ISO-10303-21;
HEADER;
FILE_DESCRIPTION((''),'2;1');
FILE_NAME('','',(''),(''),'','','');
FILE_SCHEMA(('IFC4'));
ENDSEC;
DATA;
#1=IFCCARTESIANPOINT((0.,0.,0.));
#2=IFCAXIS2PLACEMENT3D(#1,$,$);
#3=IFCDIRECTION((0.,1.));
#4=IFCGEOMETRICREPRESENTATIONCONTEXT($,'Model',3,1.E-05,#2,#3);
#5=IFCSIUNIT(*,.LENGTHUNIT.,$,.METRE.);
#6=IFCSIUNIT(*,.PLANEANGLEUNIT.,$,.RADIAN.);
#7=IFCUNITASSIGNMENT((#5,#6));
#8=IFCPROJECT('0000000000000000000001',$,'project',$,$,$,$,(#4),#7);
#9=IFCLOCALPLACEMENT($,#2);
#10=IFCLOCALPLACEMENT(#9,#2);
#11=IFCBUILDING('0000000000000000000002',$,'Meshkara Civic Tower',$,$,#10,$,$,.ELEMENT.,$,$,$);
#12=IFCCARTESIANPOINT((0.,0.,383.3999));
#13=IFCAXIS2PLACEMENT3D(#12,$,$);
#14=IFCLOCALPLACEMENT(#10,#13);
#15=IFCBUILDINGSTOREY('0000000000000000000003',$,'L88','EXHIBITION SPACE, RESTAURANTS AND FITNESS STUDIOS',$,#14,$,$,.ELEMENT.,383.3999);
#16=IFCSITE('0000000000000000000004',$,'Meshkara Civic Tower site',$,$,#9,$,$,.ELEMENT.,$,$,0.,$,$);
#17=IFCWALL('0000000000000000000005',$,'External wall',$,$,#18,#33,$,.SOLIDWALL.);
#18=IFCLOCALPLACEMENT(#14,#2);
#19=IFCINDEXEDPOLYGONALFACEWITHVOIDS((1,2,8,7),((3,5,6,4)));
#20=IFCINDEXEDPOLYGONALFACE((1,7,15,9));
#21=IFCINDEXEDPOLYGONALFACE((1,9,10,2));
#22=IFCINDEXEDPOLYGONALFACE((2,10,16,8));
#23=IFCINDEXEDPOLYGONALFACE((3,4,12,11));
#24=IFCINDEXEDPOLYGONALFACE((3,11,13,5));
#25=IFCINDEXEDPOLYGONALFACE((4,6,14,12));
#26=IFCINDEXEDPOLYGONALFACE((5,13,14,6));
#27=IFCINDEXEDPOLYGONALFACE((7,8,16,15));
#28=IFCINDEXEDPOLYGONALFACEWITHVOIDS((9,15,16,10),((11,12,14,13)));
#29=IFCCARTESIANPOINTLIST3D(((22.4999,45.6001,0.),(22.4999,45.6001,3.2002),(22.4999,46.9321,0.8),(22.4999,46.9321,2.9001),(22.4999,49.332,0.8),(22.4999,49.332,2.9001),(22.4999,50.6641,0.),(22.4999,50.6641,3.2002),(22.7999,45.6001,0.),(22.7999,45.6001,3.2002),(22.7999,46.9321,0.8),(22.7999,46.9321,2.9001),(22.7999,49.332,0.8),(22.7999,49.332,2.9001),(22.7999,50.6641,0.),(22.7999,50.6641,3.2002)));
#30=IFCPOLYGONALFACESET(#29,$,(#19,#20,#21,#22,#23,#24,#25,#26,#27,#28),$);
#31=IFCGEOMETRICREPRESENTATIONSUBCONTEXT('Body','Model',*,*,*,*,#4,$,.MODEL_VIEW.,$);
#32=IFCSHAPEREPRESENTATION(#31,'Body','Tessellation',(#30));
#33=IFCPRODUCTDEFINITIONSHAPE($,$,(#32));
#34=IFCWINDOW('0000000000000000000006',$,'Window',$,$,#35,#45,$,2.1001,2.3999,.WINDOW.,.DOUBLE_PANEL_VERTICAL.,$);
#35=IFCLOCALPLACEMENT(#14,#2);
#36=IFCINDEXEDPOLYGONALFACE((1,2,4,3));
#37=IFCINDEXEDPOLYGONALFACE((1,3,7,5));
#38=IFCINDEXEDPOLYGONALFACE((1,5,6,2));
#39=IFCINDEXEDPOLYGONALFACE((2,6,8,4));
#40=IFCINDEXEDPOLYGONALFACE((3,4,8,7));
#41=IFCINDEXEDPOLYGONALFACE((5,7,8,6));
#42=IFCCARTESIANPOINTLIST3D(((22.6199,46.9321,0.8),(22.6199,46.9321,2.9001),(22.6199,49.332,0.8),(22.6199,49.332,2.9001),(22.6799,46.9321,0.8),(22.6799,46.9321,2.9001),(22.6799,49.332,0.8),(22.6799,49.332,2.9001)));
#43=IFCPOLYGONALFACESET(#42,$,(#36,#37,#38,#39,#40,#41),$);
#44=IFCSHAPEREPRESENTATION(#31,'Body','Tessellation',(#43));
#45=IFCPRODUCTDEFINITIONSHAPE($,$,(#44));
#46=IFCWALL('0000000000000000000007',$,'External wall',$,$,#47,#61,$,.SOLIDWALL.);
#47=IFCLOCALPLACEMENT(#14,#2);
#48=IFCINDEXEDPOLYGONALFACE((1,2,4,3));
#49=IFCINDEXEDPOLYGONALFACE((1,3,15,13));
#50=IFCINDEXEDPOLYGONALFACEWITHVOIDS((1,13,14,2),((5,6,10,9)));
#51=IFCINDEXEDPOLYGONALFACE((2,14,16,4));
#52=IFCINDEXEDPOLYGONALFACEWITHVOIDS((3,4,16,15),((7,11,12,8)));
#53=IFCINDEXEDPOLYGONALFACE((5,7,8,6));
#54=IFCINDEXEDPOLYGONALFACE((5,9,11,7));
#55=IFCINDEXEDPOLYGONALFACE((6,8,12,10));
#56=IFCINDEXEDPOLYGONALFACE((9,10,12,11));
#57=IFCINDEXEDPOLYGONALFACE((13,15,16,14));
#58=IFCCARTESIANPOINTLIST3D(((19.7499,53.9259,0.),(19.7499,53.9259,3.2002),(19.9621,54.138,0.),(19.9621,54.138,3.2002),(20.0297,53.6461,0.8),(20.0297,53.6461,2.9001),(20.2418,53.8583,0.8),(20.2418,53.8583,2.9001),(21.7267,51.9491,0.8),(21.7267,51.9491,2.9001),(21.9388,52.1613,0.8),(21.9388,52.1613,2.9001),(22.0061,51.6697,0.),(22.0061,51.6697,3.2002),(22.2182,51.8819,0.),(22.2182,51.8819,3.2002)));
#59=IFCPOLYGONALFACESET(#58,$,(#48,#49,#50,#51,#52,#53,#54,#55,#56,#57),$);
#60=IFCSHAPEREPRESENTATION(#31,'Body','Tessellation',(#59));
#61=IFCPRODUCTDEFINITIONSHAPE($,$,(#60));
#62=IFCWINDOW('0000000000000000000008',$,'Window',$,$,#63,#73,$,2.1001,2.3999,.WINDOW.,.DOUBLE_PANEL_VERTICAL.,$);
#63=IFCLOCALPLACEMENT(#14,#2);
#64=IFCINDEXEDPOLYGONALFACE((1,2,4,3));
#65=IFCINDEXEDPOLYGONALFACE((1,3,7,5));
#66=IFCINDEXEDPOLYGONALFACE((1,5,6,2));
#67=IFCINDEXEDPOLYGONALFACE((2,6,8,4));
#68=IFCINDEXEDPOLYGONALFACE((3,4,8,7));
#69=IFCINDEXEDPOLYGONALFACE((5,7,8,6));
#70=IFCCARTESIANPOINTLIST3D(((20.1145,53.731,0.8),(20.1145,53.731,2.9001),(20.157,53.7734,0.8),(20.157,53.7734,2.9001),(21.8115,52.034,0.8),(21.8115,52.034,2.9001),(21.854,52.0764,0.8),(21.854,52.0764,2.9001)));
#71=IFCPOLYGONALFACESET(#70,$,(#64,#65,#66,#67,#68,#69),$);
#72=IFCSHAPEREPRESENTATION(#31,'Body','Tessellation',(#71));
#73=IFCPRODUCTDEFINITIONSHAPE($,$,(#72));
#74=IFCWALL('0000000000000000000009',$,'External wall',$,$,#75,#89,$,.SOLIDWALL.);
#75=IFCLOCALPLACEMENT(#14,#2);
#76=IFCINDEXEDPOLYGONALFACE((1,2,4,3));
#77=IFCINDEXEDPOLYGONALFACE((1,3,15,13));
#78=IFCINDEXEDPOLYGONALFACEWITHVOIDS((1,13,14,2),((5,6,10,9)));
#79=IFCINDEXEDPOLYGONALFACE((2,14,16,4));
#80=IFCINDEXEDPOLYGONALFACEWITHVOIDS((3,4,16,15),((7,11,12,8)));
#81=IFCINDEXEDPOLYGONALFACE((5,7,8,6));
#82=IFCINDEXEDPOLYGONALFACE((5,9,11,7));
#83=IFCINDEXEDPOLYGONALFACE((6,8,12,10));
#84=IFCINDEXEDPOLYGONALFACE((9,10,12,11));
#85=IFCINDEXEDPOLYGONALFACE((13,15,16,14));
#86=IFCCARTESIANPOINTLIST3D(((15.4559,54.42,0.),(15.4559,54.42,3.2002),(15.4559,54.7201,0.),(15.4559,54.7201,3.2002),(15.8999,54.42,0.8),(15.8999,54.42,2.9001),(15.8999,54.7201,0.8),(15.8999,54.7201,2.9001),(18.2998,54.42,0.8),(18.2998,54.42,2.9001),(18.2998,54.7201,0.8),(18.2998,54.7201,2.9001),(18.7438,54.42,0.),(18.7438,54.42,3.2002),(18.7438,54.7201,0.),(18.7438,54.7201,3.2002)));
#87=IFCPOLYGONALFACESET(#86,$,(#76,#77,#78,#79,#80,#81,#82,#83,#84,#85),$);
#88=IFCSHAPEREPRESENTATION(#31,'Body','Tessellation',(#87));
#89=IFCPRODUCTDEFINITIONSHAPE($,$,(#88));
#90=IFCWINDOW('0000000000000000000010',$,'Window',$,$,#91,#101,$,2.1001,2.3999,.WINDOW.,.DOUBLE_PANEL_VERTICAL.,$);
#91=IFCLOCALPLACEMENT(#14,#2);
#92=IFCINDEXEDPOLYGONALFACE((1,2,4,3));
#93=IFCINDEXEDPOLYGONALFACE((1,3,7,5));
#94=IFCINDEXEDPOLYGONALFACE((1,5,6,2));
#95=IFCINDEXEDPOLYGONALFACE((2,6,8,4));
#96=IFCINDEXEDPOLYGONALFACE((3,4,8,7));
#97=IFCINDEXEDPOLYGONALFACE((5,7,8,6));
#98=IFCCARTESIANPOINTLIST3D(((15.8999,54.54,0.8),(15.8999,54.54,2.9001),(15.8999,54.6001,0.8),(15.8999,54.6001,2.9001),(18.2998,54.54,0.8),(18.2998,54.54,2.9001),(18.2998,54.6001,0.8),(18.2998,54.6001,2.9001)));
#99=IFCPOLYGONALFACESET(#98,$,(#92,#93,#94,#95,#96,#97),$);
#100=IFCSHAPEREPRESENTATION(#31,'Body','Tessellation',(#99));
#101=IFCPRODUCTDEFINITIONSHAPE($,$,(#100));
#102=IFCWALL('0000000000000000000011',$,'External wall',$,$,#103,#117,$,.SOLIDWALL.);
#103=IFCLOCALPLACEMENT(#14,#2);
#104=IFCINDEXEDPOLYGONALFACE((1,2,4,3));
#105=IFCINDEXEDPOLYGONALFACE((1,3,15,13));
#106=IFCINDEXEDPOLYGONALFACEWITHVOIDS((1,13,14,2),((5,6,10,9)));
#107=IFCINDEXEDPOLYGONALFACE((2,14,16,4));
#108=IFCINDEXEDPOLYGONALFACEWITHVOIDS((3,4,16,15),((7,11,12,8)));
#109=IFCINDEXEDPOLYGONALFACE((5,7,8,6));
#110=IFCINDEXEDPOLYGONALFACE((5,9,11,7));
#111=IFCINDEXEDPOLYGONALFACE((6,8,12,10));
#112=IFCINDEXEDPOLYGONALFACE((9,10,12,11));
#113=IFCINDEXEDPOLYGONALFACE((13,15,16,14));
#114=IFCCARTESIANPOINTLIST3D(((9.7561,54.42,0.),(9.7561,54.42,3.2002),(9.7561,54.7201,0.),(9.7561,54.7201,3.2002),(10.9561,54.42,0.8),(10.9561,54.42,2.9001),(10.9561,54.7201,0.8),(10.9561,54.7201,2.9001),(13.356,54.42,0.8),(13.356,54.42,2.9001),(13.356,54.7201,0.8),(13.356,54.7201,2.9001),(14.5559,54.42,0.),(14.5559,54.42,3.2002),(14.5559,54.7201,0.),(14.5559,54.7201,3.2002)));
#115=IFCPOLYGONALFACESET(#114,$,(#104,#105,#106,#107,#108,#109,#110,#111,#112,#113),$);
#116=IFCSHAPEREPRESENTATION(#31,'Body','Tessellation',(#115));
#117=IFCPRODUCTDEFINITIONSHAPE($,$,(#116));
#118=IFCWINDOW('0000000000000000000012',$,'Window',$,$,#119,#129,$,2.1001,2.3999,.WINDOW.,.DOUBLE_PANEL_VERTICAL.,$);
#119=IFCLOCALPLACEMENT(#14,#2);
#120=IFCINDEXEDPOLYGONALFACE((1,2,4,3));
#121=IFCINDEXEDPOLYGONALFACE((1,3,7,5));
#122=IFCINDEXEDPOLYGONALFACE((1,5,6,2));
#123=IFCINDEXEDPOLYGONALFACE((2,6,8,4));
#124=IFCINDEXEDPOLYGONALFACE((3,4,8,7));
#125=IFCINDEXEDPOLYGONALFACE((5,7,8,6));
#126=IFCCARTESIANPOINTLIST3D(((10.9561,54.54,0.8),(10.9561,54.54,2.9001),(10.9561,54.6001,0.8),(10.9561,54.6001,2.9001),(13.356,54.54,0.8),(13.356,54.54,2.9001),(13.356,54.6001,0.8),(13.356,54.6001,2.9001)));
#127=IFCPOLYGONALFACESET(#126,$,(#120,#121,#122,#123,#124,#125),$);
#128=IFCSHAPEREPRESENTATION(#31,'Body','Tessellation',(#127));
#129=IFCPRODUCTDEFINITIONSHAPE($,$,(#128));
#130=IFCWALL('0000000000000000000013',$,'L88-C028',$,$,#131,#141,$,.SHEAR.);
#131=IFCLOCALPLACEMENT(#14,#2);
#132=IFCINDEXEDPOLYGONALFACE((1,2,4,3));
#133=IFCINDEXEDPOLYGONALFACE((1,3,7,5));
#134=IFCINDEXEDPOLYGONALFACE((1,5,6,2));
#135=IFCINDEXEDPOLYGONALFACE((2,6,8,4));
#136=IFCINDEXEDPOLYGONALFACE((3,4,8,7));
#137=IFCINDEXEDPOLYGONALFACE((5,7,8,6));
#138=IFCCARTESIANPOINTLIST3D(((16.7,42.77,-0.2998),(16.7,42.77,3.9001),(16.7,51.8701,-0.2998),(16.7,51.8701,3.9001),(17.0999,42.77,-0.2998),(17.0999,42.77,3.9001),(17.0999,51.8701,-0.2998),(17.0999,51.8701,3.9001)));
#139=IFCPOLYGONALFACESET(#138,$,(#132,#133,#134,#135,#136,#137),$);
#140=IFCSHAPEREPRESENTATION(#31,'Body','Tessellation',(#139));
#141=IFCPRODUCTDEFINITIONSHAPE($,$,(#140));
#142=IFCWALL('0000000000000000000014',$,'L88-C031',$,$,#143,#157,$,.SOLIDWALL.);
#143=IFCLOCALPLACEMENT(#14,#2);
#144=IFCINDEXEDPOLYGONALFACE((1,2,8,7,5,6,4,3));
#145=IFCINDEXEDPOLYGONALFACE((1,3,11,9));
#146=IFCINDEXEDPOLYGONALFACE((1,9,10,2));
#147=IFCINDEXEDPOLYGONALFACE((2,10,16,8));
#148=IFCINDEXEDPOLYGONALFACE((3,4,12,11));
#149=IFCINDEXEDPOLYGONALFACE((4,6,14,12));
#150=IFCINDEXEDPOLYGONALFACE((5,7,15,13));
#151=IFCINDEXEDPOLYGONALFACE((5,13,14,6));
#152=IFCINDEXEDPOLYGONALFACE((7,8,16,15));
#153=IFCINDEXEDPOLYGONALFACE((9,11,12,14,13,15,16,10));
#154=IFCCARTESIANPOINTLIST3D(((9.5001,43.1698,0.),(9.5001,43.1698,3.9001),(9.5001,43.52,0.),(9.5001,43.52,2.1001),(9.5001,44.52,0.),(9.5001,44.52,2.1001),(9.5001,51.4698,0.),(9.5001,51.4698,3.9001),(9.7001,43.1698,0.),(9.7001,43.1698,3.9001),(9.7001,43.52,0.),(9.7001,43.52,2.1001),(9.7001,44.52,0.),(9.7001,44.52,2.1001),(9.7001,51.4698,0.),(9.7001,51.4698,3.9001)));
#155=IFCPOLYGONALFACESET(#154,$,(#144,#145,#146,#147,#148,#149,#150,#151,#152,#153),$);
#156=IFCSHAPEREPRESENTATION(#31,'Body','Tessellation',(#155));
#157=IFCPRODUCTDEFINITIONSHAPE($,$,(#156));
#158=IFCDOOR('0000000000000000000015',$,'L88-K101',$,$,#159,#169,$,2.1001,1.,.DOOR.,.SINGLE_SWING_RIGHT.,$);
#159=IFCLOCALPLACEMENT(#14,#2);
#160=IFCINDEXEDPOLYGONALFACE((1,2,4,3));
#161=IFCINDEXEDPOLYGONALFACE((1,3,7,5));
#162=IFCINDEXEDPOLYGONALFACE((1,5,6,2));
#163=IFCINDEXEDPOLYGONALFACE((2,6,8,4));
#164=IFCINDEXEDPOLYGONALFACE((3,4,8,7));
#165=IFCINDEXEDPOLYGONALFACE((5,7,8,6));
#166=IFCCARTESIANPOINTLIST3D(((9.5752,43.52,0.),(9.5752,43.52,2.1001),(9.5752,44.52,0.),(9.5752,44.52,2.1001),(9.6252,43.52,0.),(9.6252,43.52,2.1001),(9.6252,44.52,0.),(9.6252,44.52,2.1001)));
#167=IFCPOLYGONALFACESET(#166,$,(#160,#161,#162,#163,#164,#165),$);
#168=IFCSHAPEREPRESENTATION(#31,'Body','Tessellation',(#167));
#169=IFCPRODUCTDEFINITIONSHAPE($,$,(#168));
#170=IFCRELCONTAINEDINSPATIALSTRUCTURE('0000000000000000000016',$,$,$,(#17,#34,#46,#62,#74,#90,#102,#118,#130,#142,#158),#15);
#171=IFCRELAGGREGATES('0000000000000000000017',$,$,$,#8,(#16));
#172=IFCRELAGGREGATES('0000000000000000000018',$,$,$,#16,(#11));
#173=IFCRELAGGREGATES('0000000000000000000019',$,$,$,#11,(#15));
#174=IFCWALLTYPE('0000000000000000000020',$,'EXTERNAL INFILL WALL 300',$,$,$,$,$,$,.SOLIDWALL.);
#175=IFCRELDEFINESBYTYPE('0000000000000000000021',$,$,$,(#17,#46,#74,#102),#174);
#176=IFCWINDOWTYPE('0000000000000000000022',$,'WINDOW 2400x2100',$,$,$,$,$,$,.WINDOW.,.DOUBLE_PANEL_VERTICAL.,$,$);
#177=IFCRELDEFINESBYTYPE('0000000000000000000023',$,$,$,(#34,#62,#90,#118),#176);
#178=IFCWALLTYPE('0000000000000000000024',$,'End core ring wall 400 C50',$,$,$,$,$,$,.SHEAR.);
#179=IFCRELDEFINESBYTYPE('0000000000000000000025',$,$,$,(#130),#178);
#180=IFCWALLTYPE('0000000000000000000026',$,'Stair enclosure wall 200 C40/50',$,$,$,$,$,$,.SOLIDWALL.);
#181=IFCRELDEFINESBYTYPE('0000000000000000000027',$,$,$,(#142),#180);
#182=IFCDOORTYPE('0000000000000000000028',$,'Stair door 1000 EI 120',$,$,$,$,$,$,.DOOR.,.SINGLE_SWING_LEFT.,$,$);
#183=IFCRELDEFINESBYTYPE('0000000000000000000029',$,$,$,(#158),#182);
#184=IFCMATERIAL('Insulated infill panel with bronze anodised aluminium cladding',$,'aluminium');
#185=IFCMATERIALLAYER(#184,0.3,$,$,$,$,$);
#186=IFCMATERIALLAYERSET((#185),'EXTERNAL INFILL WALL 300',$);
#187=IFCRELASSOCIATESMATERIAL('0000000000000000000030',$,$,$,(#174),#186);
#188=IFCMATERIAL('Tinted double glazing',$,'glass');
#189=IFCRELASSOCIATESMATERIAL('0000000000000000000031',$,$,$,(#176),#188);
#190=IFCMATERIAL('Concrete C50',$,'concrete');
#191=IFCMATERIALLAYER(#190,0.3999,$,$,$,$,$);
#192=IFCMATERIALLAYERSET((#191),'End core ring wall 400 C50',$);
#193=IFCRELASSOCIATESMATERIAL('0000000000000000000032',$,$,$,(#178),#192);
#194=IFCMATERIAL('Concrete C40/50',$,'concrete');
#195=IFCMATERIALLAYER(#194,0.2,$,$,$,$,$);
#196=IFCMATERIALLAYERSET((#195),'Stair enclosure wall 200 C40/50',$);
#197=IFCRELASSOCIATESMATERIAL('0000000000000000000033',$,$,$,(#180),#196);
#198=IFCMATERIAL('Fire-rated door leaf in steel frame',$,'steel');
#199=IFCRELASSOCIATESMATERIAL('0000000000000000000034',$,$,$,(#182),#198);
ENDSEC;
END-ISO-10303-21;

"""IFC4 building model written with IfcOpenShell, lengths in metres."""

from ifc_helpers import new_model, si_unit, direction, frame, frame_2d, origin, place, context, subcontext, project, spatial, rectangle, extrude, material, layer, layer_set, type_object, element, fill, save


model = new_model("IFC4")

# Units and contexts
model_context = context("Model", 3, precision=1e-05, world=origin(), true_north=direction((0.0, 1.0)))
body_context = subcontext(model_context, "Body", "Model", "MODEL_VIEW")
ifc_project = project(units=[si_unit("LENGTHUNIT", "METRE"), si_unit("PLANEANGLEUNIT", "RADIAN")], contexts=[model_context])

# Site, building, storey
site_placement = place(None, origin())
site = spatial("IfcSite", under=ifc_project, at=site_placement, Name="Meshkara Civic Tower site", CompositionType="ELEMENT", RefElevation=0.0)
building_placement = place(site_placement, origin())
building = spatial("IfcBuilding", under=site, at=building_placement, Name="Meshkara Civic Tower", CompositionType="ELEMENT")
storey_placement = place(building_placement, frame((0.0, 0.0, 383.3999)))
storey = spatial("IfcBuildingStorey", under=building, at=storey_placement, Name="L88", Description="EXHIBITION SPACE, RESTAURANTS AND FITNESS STUDIOS", CompositionType="ELEMENT", Elevation=383.3999)

# Walls, openings, windows
ifc_material_1 = material(Name="Insulated infill panel with bronze anodised aluminium cladding", Category="aluminium")
ifc_layer_1 = layer(ifc_material_1, 0.3)
ifc_layer_set_1 = layer_set([ifc_layer_1], Name="EXTERNAL INFILL WALL 300")
wall_type_1 = type_object("IfcWallType", Name="EXTERNAL INFILL WALL 300", PredefinedType="SOLIDWALL", material=ifc_layer_set_1)
wall_1_placement = place(storey_placement, frame((22.6499, 45.6001, 0.0), z_axis=(0.0, 0.0, 1.0), x_axis=(0.0, 1.0, 0.0)))
wall_1 = element("IfcWall", 1, at=wall_1_placement, inside=storey, type_object=wall_type_1, Name="External wall", PredefinedType="SOLIDWALL", context=body_context, shape_type="SweptSolid", body=[
    extrude(rectangle(XDim=5.064, YDim=0.3, at=frame_2d((2.532, 0.0))), origin(), (0.0, 0.0, 1.0), 3.2002),
])
opening_1_placement = place(wall_1_placement, frame((1.332, 0.0, 0.8)))
opening_1 = element("IfcOpeningElement", 2, at=opening_1_placement, cuts=wall_1, PredefinedType="OPENING", context=body_context, shape_type="SweptSolid", body=[
    extrude(rectangle(XDim=2.3999, YDim=2.1001, at=frame_2d((1.2, 1.05))), frame((0.0, 0.1599, 0.0), z_axis=(0.0, -1.0, 0.0), x_axis=(1.0, 0.0, 0.0)), (0.0, 0.0, 1.0), 0.3201),
])
ifc_material_2 = material(Name="Tinted double glazing", Category="glass")
window_type = type_object("IfcWindowType", Name="WINDOW 2400x2100", PartitioningType="DOUBLE_PANEL_VERTICAL", PredefinedType="WINDOW", material=ifc_material_2)
window_1_placement = place(opening_1_placement, origin())
window_1 = element("IfcWindow", 3, at=window_1_placement, inside=storey, type_object=window_type, Name="Window", OverallHeight=2.1001, OverallWidth=2.3999, PartitioningType="DOUBLE_PANEL_VERTICAL", PredefinedType="WINDOW", context=body_context, shape_type="SweptSolid", body=[
    extrude(rectangle(XDim=2.3999, YDim=2.1001, at=frame_2d((1.2, 1.05))), frame((0.0, 0.03, 0.0), z_axis=(0.0, -1.0, 0.0), x_axis=(1.0, 0.0, 0.0)), (0.0, 0.0, 1.0), 0.0601),
])
fill(opening_1, window_1)
wall_2_placement = place(storey_placement, frame((22.1121, 51.7759, 0.0), z_axis=(0.0, 0.0, 1.0), x_axis=(-0.707107, 0.707107, 0.0)))
wall_2 = element("IfcWall", 4, at=wall_2_placement, inside=storey, type_object=wall_type_1, Name="External wall", PredefinedType="SOLIDWALL", context=body_context, shape_type="SweptSolid", body=[
    extrude(rectangle(XDim=3.1907, YDim=0.3, at=frame_2d((1.5952, 0.0))), origin(), (0.0, 0.0, 1.0), 3.2002),
])
opening_2_placement = place(wall_2_placement, frame((0.395, 0.0, 0.8)))
opening_2 = element("IfcOpeningElement", 5, at=opening_2_placement, cuts=wall_2, PredefinedType="OPENING", context=body_context, shape_type="SweptSolid", body=[
    extrude(rectangle(XDim=2.3999, YDim=2.1001, at=frame_2d((1.2, 1.05))), frame((0.0, 0.1599, 0.0), z_axis=(0.0, -1.0, 0.0), x_axis=(1.0, 0.0, 0.0)), (0.0, 0.0, 1.0), 0.3201),
])
window_2_placement = place(opening_2_placement, origin())
window_2 = element("IfcWindow", 6, at=window_2_placement, inside=storey, type_object=window_type, Name="Window", OverallHeight=2.1001, OverallWidth=2.3999, PartitioningType="DOUBLE_PANEL_VERTICAL", PredefinedType="WINDOW", context=body_context, shape_type="SweptSolid", body=[
    extrude(rectangle(XDim=2.3999, YDim=2.1001, at=frame_2d((1.2, 1.05))), frame((0.0, 0.03, 0.0), z_axis=(0.0, -1.0, 0.0), x_axis=(1.0, 0.0, 0.0)), (0.0, 0.0, 1.0), 0.0601),
])
fill(opening_2, window_2)
wall_3_placement = place(storey_placement, frame((18.7439, 54.5701, 0.0), z_axis=(0.0, 0.0, 1.0), x_axis=(-1.0, 0.0, 0.0)))
wall_3 = element("IfcWall", 7, at=wall_3_placement, inside=storey, type_object=wall_type_1, Name="External wall", PredefinedType="SOLIDWALL", context=body_context, shape_type="SweptSolid", body=[
    extrude(rectangle(XDim=3.2878, YDim=0.3, at=frame_2d((1.644, 0.0))), origin(), (0.0, 0.0, 1.0), 3.2002),
])
opening_3_placement = place(wall_3_placement, frame((0.4441, 0.0, 0.8)))
opening_3 = element("IfcOpeningElement", 8, at=opening_3_placement, cuts=wall_3, PredefinedType="OPENING", context=body_context, shape_type="SweptSolid", body=[
    extrude(rectangle(XDim=2.3999, YDim=2.1001, at=frame_2d((1.2, 1.05))), frame((0.0, 0.1599, 0.0), z_axis=(0.0, -1.0, 0.0), x_axis=(1.0, 0.0, 0.0)), (0.0, 0.0, 1.0), 0.3201),
])
window_3_placement = place(opening_3_placement, origin())
window_3 = element("IfcWindow", 9, at=window_3_placement, inside=storey, type_object=window_type, Name="Window", OverallHeight=2.1001, OverallWidth=2.3999, PartitioningType="DOUBLE_PANEL_VERTICAL", PredefinedType="WINDOW", context=body_context, shape_type="SweptSolid", body=[
    extrude(rectangle(XDim=2.3999, YDim=2.1001, at=frame_2d((1.2, 1.05))), frame((0.0, 0.03, 0.0), z_axis=(0.0, -1.0, 0.0), x_axis=(1.0, 0.0, 0.0)), (0.0, 0.0, 1.0), 0.0601),
])
fill(opening_3, window_3)
wall_4_placement = place(storey_placement, frame((14.5559, 54.5701, 0.0), z_axis=(0.0, 0.0, 1.0), x_axis=(-1.0, 0.0, 0.0)))
wall_4 = element("IfcWall", 10, at=wall_4_placement, inside=storey, type_object=wall_type_1, Name="External wall", PredefinedType="SOLIDWALL", context=body_context, shape_type="SweptSolid", body=[
    extrude(rectangle(XDim=4.7998, YDim=0.3, at=frame_2d((2.3999, 0.0))), origin(), (0.0, 0.0, 1.0), 3.2002),
])
opening_4_placement = place(wall_4_placement, frame((1.2, 0.0, 0.8)))
opening_4 = element("IfcOpeningElement", 11, at=opening_4_placement, cuts=wall_4, PredefinedType="OPENING", context=body_context, shape_type="SweptSolid", body=[
    extrude(rectangle(XDim=2.3999, YDim=2.1001, at=frame_2d((1.2, 1.05))), frame((0.0, 0.1599, 0.0), z_axis=(0.0, -1.0, 0.0), x_axis=(1.0, 0.0, 0.0)), (0.0, 0.0, 1.0), 0.3201),
])
window_4_placement = place(opening_4_placement, origin())
window_4 = element("IfcWindow", 12, at=window_4_placement, inside=storey, type_object=window_type, Name="Window", OverallHeight=2.1001, OverallWidth=2.3999, PartitioningType="DOUBLE_PANEL_VERTICAL", PredefinedType="WINDOW", context=body_context, shape_type="SweptSolid", body=[
    extrude(rectangle(XDim=2.3999, YDim=2.1001, at=frame_2d((1.2, 1.05))), frame((0.0, 0.03, 0.0), z_axis=(0.0, -1.0, 0.0), x_axis=(1.0, 0.0, 0.0)), (0.0, 0.0, 1.0), 0.0601),
])
fill(opening_4, window_4)

# Wall
ifc_material_3 = material(Name="Concrete C50", Category="concrete")
ifc_layer_2 = layer(ifc_material_3, 0.3999)
ifc_layer_set_2 = layer_set([ifc_layer_2], Name="End core ring wall 400 C50")
wall_type_2 = type_object("IfcWallType", Name="End core ring wall 400 C50", PredefinedType="SHEAR", material=ifc_layer_set_2)
wall_5_placement = place(storey_placement, frame((16.8999, 42.77, -0.2998), z_axis=(0.0, 0.0, 1.0), x_axis=(0.0, 1.0, 0.0)))
element("IfcWall", 13, at=wall_5_placement, inside=storey, type_object=wall_type_2, Name="L88-C028", PredefinedType="SHEAR", context=body_context, shape_type="SweptSolid", body=[
    extrude(rectangle(XDim=9.1001, YDim=0.3999, at=frame_2d((4.55, 0.0))), origin(), (0.0, 0.0, 1.0), 4.2),
])

# Wall, opening, door
ifc_material_4 = material(Name="Concrete C40/50", Category="concrete")
ifc_layer_3 = layer(ifc_material_4, 0.2)
ifc_layer_set_3 = layer_set([ifc_layer_3], Name="Stair enclosure wall 200 C40/50")
wall_type_3 = type_object("IfcWallType", Name="Stair enclosure wall 200 C40/50", PredefinedType="SOLIDWALL", material=ifc_layer_set_3)
wall_6_placement = place(storey_placement, frame((9.6001, 43.1699, 0.0), z_axis=(0.0, 0.0, 1.0), x_axis=(0.0, 1.0, 0.0)))
wall_6 = element("IfcWall", 14, at=wall_6_placement, inside=storey, type_object=wall_type_3, Name="L88-C031", PredefinedType="SOLIDWALL", context=body_context, shape_type="SweptSolid", body=[
    extrude(rectangle(XDim=8.3, YDim=0.2, at=frame_2d((4.1499, 0.0))), origin(), (0.0, 0.0, 1.0), 3.9001),
])
opening_5_placement = place(wall_6_placement, frame((0.3501, 0.0, 0.0)))
opening_5 = element("IfcOpeningElement", 15, at=opening_5_placement, cuts=wall_6, PredefinedType="OPENING", context=body_context, shape_type="SweptSolid", body=[
    extrude(rectangle(XDim=1.0, YDim=2.1001, at=frame_2d((0.5, 1.05))), frame((0.0, 0.1099, 0.0), z_axis=(0.0, -1.0, 0.0), x_axis=(1.0, 0.0, 0.0)), (0.0, 0.0, 1.0), 0.22),
])
ifc_material_5 = material(Name="Fire-rated door leaf in steel frame", Category="steel")
door_type_1 = type_object("IfcDoorType", Name="Stair door 1000 EI 120", OperationType="SINGLE_SWING_LEFT", PredefinedType="DOOR", material=ifc_material_5)
door_1_placement = place(opening_5_placement, origin())
door_1 = element("IfcDoor", 16, at=door_1_placement, inside=storey, type_object=door_type_1, Name="L88-K101", OperationType="SINGLE_SWING_RIGHT", OverallHeight=2.1001, OverallWidth=1.0, PredefinedType="DOOR", context=body_context, shape_type="SweptSolid", body=[
    extrude(rectangle(XDim=1.0, YDim=2.1001, at=frame_2d((0.5, 1.05))), frame((0.0, 0.0249, 0.0), z_axis=(0.0, -1.0, 0.0), x_axis=(1.0, 0.0, 0.0)), (0.0, 0.0, 1.0), 0.05),
])
fill(opening_5, door_1)

save(model, "model.ifc")
